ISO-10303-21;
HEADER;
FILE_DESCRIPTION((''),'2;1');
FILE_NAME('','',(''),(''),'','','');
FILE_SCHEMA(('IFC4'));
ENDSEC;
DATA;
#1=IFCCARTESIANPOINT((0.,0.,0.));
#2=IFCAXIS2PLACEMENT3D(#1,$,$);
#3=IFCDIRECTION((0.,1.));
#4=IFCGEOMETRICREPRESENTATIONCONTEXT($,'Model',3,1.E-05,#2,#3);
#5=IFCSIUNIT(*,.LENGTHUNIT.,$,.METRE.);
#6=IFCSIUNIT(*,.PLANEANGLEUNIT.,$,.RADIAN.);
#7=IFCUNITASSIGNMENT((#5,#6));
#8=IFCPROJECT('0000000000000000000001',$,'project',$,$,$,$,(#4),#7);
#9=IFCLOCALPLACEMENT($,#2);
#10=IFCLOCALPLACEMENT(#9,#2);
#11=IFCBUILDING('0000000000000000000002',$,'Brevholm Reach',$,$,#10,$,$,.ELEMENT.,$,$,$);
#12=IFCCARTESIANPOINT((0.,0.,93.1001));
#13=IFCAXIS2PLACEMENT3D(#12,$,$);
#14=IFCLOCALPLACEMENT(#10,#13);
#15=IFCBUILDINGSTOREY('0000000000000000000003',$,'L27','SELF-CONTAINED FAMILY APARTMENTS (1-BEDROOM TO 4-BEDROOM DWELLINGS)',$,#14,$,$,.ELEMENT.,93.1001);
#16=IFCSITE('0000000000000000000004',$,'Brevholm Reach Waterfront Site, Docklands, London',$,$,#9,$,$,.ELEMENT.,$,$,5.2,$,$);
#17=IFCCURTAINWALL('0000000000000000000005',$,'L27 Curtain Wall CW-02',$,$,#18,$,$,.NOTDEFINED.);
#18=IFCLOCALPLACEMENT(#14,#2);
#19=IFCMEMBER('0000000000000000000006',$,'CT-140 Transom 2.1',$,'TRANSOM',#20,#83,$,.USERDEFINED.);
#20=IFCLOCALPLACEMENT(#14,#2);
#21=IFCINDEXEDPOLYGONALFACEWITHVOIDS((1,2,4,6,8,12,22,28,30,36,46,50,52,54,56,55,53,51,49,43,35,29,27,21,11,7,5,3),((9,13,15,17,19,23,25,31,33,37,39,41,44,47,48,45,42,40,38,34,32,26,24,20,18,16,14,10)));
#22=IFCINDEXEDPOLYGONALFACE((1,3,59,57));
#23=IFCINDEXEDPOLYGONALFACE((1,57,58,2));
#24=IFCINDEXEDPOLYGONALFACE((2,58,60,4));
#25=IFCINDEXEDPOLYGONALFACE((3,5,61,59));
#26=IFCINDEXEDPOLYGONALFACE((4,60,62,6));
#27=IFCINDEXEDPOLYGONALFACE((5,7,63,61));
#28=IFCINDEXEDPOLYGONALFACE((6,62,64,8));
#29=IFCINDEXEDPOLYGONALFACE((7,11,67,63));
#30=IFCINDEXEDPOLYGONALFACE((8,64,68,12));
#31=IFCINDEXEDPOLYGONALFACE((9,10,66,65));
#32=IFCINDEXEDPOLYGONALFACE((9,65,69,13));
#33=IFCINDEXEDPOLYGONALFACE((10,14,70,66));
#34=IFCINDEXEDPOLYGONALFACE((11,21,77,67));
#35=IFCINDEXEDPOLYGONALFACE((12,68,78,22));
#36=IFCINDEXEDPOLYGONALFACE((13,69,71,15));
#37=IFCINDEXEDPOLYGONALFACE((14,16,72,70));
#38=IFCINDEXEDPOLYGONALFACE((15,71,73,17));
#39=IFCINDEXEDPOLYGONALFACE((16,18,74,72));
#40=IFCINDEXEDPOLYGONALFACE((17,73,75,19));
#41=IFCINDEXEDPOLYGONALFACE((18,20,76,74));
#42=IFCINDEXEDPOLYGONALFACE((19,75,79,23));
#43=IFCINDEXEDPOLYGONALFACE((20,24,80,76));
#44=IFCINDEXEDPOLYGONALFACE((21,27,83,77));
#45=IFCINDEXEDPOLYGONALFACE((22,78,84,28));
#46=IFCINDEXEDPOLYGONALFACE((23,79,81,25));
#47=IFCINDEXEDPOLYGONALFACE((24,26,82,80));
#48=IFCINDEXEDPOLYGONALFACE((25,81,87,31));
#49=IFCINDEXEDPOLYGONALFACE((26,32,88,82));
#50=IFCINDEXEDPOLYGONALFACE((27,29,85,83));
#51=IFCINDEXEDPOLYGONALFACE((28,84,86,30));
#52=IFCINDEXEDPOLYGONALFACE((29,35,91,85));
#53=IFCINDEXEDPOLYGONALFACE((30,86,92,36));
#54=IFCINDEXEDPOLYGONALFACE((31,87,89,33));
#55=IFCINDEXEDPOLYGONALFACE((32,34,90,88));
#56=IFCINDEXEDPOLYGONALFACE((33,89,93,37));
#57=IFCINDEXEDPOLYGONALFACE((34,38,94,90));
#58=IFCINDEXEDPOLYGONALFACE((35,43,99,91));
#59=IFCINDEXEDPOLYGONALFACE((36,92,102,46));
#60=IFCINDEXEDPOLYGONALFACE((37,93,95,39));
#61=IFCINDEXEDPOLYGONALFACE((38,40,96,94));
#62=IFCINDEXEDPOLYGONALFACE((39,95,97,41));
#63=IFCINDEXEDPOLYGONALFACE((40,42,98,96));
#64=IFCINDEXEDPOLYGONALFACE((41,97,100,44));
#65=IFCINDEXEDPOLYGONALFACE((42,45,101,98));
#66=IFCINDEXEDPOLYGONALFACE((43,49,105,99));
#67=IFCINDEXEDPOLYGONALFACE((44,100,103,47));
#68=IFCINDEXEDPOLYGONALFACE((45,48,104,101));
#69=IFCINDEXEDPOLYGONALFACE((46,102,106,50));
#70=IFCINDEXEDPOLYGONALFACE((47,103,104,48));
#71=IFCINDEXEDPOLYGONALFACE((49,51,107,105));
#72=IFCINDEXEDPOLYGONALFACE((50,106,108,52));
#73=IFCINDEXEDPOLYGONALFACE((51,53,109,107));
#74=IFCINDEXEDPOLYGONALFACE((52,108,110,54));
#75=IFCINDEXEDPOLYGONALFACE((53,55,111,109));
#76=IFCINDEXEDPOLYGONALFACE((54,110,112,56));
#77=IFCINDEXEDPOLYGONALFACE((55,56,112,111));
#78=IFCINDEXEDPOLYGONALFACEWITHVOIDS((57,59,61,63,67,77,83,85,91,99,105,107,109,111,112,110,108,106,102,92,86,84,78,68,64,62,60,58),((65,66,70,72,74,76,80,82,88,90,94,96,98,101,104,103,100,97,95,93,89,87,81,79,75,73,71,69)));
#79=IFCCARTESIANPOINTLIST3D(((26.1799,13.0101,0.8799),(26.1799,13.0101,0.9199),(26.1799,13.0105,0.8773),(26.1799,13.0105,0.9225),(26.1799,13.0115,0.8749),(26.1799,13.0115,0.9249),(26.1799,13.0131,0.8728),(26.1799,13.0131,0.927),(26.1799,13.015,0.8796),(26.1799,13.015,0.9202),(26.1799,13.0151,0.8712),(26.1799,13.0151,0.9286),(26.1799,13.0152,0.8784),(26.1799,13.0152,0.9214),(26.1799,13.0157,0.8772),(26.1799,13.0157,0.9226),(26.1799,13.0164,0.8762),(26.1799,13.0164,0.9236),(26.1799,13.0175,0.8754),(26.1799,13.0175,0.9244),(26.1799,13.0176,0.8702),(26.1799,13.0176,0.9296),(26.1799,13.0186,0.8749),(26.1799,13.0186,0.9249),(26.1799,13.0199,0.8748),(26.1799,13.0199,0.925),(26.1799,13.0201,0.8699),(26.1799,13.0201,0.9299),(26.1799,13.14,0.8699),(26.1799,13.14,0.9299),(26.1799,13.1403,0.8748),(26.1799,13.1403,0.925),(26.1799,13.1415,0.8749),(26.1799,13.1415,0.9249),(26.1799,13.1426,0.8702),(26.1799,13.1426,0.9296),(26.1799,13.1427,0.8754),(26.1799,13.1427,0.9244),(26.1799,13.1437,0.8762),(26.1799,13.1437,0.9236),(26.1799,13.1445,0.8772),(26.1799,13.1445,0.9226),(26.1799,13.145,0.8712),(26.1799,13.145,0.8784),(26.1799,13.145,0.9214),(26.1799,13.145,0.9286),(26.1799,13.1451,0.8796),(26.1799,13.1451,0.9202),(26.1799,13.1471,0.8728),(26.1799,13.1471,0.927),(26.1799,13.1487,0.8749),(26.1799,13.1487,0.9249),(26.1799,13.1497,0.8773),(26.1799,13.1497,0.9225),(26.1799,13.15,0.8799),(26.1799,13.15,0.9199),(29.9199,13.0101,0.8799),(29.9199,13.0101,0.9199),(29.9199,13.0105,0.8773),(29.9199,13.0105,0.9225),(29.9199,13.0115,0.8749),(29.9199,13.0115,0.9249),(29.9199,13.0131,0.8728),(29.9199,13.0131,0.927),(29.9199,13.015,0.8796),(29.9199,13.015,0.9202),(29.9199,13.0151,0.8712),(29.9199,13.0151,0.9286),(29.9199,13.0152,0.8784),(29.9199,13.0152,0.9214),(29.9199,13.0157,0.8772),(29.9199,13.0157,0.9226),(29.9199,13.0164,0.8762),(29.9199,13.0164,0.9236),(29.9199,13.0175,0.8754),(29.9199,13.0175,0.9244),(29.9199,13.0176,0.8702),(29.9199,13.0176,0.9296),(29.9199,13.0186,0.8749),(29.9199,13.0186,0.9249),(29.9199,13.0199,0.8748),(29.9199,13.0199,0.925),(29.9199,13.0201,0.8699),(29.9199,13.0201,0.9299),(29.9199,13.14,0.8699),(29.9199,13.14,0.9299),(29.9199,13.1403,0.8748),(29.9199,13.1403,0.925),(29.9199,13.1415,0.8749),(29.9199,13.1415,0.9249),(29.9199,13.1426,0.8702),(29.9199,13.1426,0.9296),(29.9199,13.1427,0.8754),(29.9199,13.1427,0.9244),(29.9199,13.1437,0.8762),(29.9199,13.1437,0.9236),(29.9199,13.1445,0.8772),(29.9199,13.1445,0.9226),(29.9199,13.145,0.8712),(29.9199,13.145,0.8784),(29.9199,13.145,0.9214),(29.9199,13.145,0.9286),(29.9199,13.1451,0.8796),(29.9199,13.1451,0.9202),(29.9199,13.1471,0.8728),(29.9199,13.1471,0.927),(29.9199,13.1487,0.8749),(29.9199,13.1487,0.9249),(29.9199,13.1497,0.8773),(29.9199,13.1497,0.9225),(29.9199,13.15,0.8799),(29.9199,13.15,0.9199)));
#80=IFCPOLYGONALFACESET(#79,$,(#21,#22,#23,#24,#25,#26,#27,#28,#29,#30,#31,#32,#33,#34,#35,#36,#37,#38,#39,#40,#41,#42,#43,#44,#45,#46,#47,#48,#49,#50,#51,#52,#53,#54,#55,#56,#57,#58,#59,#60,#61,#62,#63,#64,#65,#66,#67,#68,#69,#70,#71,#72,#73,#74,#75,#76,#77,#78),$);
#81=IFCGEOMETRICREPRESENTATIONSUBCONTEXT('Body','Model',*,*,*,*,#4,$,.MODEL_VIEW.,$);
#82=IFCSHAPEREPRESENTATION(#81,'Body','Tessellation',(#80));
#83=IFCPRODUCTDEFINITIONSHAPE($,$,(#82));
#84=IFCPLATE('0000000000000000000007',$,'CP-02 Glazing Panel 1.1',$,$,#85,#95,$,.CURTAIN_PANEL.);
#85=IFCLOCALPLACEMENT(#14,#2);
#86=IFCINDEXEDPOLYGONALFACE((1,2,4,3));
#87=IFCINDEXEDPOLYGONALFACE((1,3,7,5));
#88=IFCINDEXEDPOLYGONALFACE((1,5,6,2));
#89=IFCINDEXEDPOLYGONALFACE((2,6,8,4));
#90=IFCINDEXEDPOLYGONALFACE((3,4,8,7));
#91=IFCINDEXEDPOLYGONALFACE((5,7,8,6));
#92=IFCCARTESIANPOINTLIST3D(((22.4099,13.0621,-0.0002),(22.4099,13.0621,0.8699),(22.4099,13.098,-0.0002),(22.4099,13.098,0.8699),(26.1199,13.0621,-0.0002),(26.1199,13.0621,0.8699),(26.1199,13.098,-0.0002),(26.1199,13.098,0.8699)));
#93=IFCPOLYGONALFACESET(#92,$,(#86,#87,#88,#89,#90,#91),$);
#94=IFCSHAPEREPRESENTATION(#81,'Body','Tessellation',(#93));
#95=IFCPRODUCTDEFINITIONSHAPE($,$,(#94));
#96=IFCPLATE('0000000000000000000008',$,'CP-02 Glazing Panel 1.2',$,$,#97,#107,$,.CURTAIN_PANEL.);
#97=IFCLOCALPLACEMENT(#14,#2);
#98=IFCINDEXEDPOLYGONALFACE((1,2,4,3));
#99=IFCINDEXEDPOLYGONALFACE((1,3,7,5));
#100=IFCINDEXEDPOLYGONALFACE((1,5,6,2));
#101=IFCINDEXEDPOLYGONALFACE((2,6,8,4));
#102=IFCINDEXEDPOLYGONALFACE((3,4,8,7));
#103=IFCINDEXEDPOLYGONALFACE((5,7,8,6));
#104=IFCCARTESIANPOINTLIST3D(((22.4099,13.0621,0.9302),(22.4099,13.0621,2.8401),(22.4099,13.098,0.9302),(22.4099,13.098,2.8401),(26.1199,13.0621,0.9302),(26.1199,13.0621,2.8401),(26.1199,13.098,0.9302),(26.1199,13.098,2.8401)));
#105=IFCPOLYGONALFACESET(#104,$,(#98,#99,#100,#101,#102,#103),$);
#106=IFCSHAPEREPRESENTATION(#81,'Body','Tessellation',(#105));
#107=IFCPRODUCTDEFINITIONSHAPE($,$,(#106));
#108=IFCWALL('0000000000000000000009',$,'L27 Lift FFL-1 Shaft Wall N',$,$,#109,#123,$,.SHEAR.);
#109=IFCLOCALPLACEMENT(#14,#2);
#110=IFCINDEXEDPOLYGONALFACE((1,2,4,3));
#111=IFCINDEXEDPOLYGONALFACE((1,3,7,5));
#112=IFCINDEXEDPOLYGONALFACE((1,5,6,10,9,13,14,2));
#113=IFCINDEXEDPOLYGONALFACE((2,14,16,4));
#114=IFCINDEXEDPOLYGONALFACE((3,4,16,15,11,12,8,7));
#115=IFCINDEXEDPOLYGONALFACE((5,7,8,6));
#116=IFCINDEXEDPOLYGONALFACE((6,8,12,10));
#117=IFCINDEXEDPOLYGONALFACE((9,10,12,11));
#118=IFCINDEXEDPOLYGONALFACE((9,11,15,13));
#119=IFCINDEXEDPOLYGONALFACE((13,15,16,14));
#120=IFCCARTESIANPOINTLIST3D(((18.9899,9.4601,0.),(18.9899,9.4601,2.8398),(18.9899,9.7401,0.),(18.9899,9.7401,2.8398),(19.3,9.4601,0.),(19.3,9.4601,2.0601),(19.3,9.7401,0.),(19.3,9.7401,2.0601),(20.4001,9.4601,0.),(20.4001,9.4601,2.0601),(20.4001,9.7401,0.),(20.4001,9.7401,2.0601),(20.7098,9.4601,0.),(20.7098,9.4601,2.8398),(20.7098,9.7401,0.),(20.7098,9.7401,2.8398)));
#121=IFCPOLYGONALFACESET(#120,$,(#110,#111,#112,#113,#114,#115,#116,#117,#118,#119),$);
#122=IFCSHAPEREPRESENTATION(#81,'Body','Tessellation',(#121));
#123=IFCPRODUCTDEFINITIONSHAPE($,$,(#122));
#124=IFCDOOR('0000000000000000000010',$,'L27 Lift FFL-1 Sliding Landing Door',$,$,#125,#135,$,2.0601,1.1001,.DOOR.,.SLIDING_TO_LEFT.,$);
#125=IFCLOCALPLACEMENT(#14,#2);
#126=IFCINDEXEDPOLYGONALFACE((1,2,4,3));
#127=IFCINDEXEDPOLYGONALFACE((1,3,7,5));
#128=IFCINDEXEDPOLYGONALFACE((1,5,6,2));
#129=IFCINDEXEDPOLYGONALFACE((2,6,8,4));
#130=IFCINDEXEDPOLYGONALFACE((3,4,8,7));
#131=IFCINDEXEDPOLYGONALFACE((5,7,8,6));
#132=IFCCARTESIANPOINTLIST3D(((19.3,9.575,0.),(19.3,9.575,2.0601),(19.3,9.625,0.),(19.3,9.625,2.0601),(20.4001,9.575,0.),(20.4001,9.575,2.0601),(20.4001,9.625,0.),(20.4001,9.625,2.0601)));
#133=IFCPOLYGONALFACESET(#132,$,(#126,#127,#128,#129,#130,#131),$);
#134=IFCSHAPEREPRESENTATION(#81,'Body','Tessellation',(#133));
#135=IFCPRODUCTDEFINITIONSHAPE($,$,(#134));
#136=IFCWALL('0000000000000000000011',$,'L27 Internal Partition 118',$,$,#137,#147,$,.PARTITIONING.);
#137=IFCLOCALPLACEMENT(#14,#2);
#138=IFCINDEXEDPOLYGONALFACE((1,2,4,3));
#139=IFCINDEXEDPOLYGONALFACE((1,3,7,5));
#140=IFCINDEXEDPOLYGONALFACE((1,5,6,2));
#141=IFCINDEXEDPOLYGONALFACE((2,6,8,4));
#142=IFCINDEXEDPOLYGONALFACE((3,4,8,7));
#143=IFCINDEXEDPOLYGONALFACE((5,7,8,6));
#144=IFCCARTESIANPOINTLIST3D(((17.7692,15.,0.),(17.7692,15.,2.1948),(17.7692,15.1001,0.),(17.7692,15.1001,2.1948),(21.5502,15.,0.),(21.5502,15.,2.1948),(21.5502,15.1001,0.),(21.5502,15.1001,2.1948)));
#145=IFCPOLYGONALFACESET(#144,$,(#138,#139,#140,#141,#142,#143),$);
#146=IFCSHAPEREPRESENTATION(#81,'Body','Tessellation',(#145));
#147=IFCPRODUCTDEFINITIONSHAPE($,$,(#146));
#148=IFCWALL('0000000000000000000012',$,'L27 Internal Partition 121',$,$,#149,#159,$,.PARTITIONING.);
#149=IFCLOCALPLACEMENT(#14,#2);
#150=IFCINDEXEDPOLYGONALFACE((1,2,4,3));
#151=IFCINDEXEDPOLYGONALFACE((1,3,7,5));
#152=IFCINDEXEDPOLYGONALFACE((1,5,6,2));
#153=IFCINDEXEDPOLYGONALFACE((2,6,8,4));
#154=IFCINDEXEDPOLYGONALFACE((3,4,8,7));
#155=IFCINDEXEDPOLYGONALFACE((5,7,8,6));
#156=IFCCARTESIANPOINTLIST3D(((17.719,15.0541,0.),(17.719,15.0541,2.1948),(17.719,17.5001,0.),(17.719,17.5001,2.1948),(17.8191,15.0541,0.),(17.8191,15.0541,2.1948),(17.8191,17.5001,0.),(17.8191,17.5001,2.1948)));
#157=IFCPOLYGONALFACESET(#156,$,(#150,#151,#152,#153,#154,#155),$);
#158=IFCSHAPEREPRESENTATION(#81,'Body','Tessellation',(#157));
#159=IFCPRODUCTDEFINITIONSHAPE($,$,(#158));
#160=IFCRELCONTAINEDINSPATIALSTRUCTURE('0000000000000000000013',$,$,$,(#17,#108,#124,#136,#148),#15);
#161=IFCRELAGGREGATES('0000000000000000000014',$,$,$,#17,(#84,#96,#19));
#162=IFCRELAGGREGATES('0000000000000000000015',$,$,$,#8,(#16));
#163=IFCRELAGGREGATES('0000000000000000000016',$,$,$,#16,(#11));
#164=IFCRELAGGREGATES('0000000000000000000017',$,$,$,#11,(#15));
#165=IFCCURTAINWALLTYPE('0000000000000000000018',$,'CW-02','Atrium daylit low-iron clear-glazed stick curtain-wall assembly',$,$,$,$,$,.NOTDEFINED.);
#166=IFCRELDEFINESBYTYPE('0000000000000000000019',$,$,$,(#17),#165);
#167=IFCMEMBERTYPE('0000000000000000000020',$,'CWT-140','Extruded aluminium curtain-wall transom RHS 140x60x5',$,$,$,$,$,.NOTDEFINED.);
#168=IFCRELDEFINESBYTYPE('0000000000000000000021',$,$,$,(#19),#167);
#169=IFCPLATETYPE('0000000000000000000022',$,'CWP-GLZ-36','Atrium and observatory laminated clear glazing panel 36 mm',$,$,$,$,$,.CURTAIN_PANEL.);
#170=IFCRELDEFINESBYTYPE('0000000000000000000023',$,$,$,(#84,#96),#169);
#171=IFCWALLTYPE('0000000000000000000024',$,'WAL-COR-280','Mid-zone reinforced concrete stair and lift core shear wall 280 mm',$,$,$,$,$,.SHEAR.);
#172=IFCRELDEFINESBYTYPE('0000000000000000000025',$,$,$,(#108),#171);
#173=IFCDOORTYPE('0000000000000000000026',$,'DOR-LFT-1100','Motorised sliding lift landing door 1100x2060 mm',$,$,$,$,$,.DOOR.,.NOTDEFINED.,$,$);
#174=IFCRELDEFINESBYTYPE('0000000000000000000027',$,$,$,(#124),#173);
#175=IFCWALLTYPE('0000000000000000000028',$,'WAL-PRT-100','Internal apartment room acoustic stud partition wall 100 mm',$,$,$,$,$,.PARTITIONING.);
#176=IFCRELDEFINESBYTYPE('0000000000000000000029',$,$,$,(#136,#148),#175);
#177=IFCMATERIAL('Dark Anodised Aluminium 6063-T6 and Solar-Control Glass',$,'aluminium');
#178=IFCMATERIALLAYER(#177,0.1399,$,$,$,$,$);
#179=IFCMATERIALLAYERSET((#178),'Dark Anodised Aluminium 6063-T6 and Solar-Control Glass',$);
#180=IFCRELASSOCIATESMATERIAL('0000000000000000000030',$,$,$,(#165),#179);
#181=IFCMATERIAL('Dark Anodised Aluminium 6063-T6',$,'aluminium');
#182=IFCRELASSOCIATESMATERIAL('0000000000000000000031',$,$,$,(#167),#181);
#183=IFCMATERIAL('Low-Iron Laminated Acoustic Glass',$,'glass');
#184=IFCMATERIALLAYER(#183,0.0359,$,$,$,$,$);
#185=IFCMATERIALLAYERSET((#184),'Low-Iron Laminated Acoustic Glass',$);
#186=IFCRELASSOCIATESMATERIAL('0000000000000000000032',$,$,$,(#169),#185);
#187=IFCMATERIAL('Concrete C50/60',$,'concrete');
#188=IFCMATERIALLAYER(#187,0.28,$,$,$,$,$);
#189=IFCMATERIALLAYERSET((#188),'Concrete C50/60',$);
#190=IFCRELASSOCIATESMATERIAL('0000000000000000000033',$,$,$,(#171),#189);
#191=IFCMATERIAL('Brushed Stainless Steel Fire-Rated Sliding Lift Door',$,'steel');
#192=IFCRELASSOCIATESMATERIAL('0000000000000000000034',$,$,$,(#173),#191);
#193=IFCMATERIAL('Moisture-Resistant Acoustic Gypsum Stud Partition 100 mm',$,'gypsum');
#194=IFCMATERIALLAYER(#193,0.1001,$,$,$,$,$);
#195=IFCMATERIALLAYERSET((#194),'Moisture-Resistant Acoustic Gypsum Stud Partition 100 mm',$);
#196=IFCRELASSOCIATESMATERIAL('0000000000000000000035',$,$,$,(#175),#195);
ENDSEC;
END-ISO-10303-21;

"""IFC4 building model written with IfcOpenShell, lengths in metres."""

from ifc_helpers import new_model, si_unit, direction, frame, frame_2d, origin, origin_2d, place, context, subcontext, project, spatial, rectangle, hollow_rectangle, extrude, material, layer, layer_set, material_profile, profile_set, type_object, element, fill, aggregate, save


model = new_model("IFC4")

# Units and contexts
model_context = context("Model", 3, precision=1e-05, world=origin(), true_north=direction((0.0, 1.0)))
body_context = subcontext(model_context, "Body", "Model", "MODEL_VIEW")
ifc_project = project(units=[si_unit("LENGTHUNIT", "METRE"), si_unit("PLANEANGLEUNIT", "RADIAN")], contexts=[model_context])

# Site, building, storey
site_placement = place(None, origin())
site = spatial("IfcSite", under=ifc_project, at=site_placement, Name="Brevholm Reach Waterfront Site, Docklands, London", CompositionType="ELEMENT", RefElevation=5.2)
building_placement = place(site_placement, origin())
building = spatial("IfcBuilding", under=site, at=building_placement, Name="Brevholm Reach", CompositionType="ELEMENT")
storey_placement = place(building_placement, frame((0.0, 0.0, 93.1001)))
storey = spatial("IfcBuildingStorey", under=building, at=storey_placement, Name="L27", Description="SELF-CONTAINED FAMILY APARTMENTS (1-BEDROOM TO 4-BEDROOM DWELLINGS)", CompositionType="ELEMENT", Elevation=93.1001)

# Curtain wall, member, plates
ifc_material_1 = material(Name="Dark Anodised Aluminium 6063-T6 and Solar-Control Glass", Category="aluminium")
ifc_layer_1 = layer(ifc_material_1, 0.1399)
ifc_layer_set_1 = layer_set([ifc_layer_1], Name="Dark Anodised Aluminium 6063-T6 and Solar-Control Glass")
curtain_wall_type = type_object("IfcCurtainWallType", Name="CW-02", Description="Atrium daylit low-iron clear-glazed stick curtain-wall assembly", PredefinedType="NOTDEFINED", material=ifc_layer_set_1)
curtain_wall_placement = place(storey_placement, origin())
curtain_wall = element("IfcCurtainWall", 1, at=curtain_wall_placement, inside=storey, type_object=curtain_wall_type, Name="L27 Curtain Wall CW-02", PredefinedType="NOTDEFINED")
ifc_material_2 = material(Name="Dark Anodised Aluminium 6063-T6", Category="aluminium")
ifc_material_profile_1 = material_profile(ifc_material_2, hollow_rectangle(XDim=0.0601, YDim=0.1399, WallThickness=0.0049, InnerFilletRadius=0.0049, OuterFilletRadius=0.01, at=origin_2d()), Name="RHS 140x60x5")
ifc_profile_set_1 = profile_set([ifc_material_profile_1], Name="Dark Anodised Aluminium 6063-T6")
member_type_1 = type_object("IfcMemberType", Name="CWT-140", Description="Extruded aluminium curtain-wall transom RHS 140x60x5", PredefinedType="NOTDEFINED", material=ifc_profile_set_1)
member_1_placement = place(storey_placement, frame((26.1799, 13.0801, 0.8999), z_axis=(1.0, 0.0, 0.0), x_axis=(0.0, 0.0, 1.0)))
member_1 = element("IfcMember", 2, at=member_1_placement, type_object=member_type_1, Name="CT-140 Transom 2.1", ObjectType="TRANSOM", PredefinedType="USERDEFINED", context=body_context, shape_type="SweptSolid", body=[
    extrude(hollow_rectangle(XDim=0.0601, YDim=0.1399, WallThickness=0.0049, InnerFilletRadius=0.0049, OuterFilletRadius=0.01, at=origin_2d()), origin(), (0.0, 0.0, 1.0), 3.74),
])
ifc_material_3 = material(Name="Low-Iron Laminated Acoustic Glass", Category="glass")
ifc_layer_2 = layer(ifc_material_3, 0.0359)
ifc_layer_set_2 = layer_set([ifc_layer_2], Name="Low-Iron Laminated Acoustic Glass")
plate_type = type_object("IfcPlateType", Name="CWP-GLZ-36", Description="Atrium and observatory laminated clear glazing panel 36 mm", PredefinedType="CURTAIN_PANEL", material=ifc_layer_set_2)
plate_1_placement = place(storey_placement, frame((24.2649, 13.0801, -0.0002), z_axis=(0.0, 0.0, 1.0), x_axis=(1.0, 0.0, 0.0)))
plate_1 = element("IfcPlate", 3, at=plate_1_placement, type_object=plate_type, Name="CP-02 Glazing Panel 1.1", PredefinedType="CURTAIN_PANEL", context=body_context, shape_type="SweptSolid", body=[
    extrude(rectangle(XDim=3.71, YDim=0.0359, at=origin_2d()), origin(), (0.0, 0.0, 1.0), 0.8701),
])
plate_2_placement = place(storey_placement, frame((24.2649, 13.0801, 0.9302), z_axis=(0.0, 0.0, 1.0), x_axis=(1.0, 0.0, 0.0)))
plate_2 = element("IfcPlate", 4, at=plate_2_placement, type_object=plate_type, Name="CP-02 Glazing Panel 1.2", PredefinedType="CURTAIN_PANEL", context=body_context, shape_type="SweptSolid", body=[
    extrude(rectangle(XDim=3.71, YDim=0.0359, at=origin_2d()), origin(), (0.0, 0.0, 1.0), 1.9099),
])
aggregate(curtain_wall, [plate_1, plate_2, member_1])

# Wall, opening, door
ifc_material_4 = material(Name="Concrete C50/60", Category="concrete")
ifc_layer_3 = layer(ifc_material_4, 0.28)
ifc_layer_set_3 = layer_set([ifc_layer_3], Name="Concrete C50/60")
wall_type_1 = type_object("IfcWallType", Name="WAL-COR-280", Description="Mid-zone reinforced concrete stair and lift core shear wall 280 mm", PredefinedType="SHEAR", material=ifc_layer_set_3)
wall_1_placement = place(storey_placement, frame((18.99, 9.6001, 0.0), z_axis=(0.0, 0.0, 1.0), x_axis=(1.0, 0.0, 0.0)))
wall_1 = element("IfcWall", 5, at=wall_1_placement, inside=storey, type_object=wall_type_1, Name="L27 Lift FFL-1 Shaft Wall N", PredefinedType="SHEAR", context=body_context, shape_type="SweptSolid", body=[
    extrude(rectangle(XDim=1.72, YDim=0.28, at=frame_2d((0.8599, 0.0))), origin(), (0.0, 0.0, 1.0), 2.8398),
])
opening_1_placement = place(wall_1_placement, frame((0.3101, 0.0, 0.0)))
opening_1 = element("IfcOpeningElement", 6, at=opening_1_placement, cuts=wall_1, PredefinedType="OPENING", context=body_context, shape_type="SweptSolid", body=[
    extrude(rectangle(XDim=1.1001, YDim=2.0601, at=frame_2d((0.55, 1.03))), frame((0.0, 0.1499, 0.0), z_axis=(0.0, -1.0, 0.0), x_axis=(1.0, 0.0, 0.0)), (0.0, 0.0, 1.0), 0.3),
])
ifc_material_5 = material(Name="Brushed Stainless Steel Fire-Rated Sliding Lift Door", Category="steel")
door_type_1 = type_object("IfcDoorType", Name="DOR-LFT-1100", Description="Motorised sliding lift landing door 1100x2060 mm", OperationType="NOTDEFINED", PredefinedType="DOOR", material=ifc_material_5)
door_1_placement = place(opening_1_placement, origin())
door_1 = element("IfcDoor", 7, at=door_1_placement, inside=storey, type_object=door_type_1, Name="L27 Lift FFL-1 Sliding Landing Door", OperationType="SLIDING_TO_LEFT", OverallHeight=2.0601, OverallWidth=1.1001, PredefinedType="DOOR", context=body_context, shape_type="SweptSolid", body=[
    extrude(rectangle(XDim=1.1001, YDim=2.0601, at=frame_2d((0.55, 1.03))), frame((0.0, 0.0249, 0.0), z_axis=(0.0, -1.0, 0.0), x_axis=(1.0, 0.0, 0.0)), (0.0, 0.0, 1.0), 0.05),
])
fill(opening_1, door_1)

# Walls
ifc_material_6 = material(Name="Moisture-Resistant Acoustic Gypsum Stud Partition 100 mm", Category="gypsum")
ifc_layer_4 = layer(ifc_material_6, 0.1001)
ifc_layer_set_4 = layer_set([ifc_layer_4], Name="Moisture-Resistant Acoustic Gypsum Stud Partition 100 mm")
wall_type_2 = type_object("IfcWallType", Name="WAL-PRT-100", Description="Internal apartment room acoustic stud partition wall 100 mm", PredefinedType="PARTITIONING", material=ifc_layer_set_4)
wall_2_placement = place(storey_placement, frame((17.769, 15.05, 0.0), z_axis=(0.0, 0.0, 1.0), x_axis=(1.0, 0.0, 0.0)))
element("IfcWall", 8, at=wall_2_placement, inside=storey, type_object=wall_type_2, Name="L27 Internal Partition 118", PredefinedType="PARTITIONING", context=body_context, shape_type="SweptSolid", body=[
    extrude(rectangle(XDim=3.781, YDim=0.1001, at=frame_2d((1.8906, 0.0))), origin(), (0.0, 0.0, 1.0), 2.1948),
])
wall_3_placement = place(storey_placement, frame((17.769, 15.054, 0.0), z_axis=(0.0, 0.0, 1.0), x_axis=(0.0, 1.0, 0.0)))
element("IfcWall", 9, at=wall_3_placement, inside=storey, type_object=wall_type_2, Name="L27 Internal Partition 121", PredefinedType="PARTITIONING", context=body_context, shape_type="SweptSolid", body=[
    extrude(rectangle(XDim=2.446, YDim=0.1001, at=frame_2d((1.2231, 0.0))), origin(), (0.0, 0.0, 1.0), 2.1948),
])

save(model, "model.ifc")
